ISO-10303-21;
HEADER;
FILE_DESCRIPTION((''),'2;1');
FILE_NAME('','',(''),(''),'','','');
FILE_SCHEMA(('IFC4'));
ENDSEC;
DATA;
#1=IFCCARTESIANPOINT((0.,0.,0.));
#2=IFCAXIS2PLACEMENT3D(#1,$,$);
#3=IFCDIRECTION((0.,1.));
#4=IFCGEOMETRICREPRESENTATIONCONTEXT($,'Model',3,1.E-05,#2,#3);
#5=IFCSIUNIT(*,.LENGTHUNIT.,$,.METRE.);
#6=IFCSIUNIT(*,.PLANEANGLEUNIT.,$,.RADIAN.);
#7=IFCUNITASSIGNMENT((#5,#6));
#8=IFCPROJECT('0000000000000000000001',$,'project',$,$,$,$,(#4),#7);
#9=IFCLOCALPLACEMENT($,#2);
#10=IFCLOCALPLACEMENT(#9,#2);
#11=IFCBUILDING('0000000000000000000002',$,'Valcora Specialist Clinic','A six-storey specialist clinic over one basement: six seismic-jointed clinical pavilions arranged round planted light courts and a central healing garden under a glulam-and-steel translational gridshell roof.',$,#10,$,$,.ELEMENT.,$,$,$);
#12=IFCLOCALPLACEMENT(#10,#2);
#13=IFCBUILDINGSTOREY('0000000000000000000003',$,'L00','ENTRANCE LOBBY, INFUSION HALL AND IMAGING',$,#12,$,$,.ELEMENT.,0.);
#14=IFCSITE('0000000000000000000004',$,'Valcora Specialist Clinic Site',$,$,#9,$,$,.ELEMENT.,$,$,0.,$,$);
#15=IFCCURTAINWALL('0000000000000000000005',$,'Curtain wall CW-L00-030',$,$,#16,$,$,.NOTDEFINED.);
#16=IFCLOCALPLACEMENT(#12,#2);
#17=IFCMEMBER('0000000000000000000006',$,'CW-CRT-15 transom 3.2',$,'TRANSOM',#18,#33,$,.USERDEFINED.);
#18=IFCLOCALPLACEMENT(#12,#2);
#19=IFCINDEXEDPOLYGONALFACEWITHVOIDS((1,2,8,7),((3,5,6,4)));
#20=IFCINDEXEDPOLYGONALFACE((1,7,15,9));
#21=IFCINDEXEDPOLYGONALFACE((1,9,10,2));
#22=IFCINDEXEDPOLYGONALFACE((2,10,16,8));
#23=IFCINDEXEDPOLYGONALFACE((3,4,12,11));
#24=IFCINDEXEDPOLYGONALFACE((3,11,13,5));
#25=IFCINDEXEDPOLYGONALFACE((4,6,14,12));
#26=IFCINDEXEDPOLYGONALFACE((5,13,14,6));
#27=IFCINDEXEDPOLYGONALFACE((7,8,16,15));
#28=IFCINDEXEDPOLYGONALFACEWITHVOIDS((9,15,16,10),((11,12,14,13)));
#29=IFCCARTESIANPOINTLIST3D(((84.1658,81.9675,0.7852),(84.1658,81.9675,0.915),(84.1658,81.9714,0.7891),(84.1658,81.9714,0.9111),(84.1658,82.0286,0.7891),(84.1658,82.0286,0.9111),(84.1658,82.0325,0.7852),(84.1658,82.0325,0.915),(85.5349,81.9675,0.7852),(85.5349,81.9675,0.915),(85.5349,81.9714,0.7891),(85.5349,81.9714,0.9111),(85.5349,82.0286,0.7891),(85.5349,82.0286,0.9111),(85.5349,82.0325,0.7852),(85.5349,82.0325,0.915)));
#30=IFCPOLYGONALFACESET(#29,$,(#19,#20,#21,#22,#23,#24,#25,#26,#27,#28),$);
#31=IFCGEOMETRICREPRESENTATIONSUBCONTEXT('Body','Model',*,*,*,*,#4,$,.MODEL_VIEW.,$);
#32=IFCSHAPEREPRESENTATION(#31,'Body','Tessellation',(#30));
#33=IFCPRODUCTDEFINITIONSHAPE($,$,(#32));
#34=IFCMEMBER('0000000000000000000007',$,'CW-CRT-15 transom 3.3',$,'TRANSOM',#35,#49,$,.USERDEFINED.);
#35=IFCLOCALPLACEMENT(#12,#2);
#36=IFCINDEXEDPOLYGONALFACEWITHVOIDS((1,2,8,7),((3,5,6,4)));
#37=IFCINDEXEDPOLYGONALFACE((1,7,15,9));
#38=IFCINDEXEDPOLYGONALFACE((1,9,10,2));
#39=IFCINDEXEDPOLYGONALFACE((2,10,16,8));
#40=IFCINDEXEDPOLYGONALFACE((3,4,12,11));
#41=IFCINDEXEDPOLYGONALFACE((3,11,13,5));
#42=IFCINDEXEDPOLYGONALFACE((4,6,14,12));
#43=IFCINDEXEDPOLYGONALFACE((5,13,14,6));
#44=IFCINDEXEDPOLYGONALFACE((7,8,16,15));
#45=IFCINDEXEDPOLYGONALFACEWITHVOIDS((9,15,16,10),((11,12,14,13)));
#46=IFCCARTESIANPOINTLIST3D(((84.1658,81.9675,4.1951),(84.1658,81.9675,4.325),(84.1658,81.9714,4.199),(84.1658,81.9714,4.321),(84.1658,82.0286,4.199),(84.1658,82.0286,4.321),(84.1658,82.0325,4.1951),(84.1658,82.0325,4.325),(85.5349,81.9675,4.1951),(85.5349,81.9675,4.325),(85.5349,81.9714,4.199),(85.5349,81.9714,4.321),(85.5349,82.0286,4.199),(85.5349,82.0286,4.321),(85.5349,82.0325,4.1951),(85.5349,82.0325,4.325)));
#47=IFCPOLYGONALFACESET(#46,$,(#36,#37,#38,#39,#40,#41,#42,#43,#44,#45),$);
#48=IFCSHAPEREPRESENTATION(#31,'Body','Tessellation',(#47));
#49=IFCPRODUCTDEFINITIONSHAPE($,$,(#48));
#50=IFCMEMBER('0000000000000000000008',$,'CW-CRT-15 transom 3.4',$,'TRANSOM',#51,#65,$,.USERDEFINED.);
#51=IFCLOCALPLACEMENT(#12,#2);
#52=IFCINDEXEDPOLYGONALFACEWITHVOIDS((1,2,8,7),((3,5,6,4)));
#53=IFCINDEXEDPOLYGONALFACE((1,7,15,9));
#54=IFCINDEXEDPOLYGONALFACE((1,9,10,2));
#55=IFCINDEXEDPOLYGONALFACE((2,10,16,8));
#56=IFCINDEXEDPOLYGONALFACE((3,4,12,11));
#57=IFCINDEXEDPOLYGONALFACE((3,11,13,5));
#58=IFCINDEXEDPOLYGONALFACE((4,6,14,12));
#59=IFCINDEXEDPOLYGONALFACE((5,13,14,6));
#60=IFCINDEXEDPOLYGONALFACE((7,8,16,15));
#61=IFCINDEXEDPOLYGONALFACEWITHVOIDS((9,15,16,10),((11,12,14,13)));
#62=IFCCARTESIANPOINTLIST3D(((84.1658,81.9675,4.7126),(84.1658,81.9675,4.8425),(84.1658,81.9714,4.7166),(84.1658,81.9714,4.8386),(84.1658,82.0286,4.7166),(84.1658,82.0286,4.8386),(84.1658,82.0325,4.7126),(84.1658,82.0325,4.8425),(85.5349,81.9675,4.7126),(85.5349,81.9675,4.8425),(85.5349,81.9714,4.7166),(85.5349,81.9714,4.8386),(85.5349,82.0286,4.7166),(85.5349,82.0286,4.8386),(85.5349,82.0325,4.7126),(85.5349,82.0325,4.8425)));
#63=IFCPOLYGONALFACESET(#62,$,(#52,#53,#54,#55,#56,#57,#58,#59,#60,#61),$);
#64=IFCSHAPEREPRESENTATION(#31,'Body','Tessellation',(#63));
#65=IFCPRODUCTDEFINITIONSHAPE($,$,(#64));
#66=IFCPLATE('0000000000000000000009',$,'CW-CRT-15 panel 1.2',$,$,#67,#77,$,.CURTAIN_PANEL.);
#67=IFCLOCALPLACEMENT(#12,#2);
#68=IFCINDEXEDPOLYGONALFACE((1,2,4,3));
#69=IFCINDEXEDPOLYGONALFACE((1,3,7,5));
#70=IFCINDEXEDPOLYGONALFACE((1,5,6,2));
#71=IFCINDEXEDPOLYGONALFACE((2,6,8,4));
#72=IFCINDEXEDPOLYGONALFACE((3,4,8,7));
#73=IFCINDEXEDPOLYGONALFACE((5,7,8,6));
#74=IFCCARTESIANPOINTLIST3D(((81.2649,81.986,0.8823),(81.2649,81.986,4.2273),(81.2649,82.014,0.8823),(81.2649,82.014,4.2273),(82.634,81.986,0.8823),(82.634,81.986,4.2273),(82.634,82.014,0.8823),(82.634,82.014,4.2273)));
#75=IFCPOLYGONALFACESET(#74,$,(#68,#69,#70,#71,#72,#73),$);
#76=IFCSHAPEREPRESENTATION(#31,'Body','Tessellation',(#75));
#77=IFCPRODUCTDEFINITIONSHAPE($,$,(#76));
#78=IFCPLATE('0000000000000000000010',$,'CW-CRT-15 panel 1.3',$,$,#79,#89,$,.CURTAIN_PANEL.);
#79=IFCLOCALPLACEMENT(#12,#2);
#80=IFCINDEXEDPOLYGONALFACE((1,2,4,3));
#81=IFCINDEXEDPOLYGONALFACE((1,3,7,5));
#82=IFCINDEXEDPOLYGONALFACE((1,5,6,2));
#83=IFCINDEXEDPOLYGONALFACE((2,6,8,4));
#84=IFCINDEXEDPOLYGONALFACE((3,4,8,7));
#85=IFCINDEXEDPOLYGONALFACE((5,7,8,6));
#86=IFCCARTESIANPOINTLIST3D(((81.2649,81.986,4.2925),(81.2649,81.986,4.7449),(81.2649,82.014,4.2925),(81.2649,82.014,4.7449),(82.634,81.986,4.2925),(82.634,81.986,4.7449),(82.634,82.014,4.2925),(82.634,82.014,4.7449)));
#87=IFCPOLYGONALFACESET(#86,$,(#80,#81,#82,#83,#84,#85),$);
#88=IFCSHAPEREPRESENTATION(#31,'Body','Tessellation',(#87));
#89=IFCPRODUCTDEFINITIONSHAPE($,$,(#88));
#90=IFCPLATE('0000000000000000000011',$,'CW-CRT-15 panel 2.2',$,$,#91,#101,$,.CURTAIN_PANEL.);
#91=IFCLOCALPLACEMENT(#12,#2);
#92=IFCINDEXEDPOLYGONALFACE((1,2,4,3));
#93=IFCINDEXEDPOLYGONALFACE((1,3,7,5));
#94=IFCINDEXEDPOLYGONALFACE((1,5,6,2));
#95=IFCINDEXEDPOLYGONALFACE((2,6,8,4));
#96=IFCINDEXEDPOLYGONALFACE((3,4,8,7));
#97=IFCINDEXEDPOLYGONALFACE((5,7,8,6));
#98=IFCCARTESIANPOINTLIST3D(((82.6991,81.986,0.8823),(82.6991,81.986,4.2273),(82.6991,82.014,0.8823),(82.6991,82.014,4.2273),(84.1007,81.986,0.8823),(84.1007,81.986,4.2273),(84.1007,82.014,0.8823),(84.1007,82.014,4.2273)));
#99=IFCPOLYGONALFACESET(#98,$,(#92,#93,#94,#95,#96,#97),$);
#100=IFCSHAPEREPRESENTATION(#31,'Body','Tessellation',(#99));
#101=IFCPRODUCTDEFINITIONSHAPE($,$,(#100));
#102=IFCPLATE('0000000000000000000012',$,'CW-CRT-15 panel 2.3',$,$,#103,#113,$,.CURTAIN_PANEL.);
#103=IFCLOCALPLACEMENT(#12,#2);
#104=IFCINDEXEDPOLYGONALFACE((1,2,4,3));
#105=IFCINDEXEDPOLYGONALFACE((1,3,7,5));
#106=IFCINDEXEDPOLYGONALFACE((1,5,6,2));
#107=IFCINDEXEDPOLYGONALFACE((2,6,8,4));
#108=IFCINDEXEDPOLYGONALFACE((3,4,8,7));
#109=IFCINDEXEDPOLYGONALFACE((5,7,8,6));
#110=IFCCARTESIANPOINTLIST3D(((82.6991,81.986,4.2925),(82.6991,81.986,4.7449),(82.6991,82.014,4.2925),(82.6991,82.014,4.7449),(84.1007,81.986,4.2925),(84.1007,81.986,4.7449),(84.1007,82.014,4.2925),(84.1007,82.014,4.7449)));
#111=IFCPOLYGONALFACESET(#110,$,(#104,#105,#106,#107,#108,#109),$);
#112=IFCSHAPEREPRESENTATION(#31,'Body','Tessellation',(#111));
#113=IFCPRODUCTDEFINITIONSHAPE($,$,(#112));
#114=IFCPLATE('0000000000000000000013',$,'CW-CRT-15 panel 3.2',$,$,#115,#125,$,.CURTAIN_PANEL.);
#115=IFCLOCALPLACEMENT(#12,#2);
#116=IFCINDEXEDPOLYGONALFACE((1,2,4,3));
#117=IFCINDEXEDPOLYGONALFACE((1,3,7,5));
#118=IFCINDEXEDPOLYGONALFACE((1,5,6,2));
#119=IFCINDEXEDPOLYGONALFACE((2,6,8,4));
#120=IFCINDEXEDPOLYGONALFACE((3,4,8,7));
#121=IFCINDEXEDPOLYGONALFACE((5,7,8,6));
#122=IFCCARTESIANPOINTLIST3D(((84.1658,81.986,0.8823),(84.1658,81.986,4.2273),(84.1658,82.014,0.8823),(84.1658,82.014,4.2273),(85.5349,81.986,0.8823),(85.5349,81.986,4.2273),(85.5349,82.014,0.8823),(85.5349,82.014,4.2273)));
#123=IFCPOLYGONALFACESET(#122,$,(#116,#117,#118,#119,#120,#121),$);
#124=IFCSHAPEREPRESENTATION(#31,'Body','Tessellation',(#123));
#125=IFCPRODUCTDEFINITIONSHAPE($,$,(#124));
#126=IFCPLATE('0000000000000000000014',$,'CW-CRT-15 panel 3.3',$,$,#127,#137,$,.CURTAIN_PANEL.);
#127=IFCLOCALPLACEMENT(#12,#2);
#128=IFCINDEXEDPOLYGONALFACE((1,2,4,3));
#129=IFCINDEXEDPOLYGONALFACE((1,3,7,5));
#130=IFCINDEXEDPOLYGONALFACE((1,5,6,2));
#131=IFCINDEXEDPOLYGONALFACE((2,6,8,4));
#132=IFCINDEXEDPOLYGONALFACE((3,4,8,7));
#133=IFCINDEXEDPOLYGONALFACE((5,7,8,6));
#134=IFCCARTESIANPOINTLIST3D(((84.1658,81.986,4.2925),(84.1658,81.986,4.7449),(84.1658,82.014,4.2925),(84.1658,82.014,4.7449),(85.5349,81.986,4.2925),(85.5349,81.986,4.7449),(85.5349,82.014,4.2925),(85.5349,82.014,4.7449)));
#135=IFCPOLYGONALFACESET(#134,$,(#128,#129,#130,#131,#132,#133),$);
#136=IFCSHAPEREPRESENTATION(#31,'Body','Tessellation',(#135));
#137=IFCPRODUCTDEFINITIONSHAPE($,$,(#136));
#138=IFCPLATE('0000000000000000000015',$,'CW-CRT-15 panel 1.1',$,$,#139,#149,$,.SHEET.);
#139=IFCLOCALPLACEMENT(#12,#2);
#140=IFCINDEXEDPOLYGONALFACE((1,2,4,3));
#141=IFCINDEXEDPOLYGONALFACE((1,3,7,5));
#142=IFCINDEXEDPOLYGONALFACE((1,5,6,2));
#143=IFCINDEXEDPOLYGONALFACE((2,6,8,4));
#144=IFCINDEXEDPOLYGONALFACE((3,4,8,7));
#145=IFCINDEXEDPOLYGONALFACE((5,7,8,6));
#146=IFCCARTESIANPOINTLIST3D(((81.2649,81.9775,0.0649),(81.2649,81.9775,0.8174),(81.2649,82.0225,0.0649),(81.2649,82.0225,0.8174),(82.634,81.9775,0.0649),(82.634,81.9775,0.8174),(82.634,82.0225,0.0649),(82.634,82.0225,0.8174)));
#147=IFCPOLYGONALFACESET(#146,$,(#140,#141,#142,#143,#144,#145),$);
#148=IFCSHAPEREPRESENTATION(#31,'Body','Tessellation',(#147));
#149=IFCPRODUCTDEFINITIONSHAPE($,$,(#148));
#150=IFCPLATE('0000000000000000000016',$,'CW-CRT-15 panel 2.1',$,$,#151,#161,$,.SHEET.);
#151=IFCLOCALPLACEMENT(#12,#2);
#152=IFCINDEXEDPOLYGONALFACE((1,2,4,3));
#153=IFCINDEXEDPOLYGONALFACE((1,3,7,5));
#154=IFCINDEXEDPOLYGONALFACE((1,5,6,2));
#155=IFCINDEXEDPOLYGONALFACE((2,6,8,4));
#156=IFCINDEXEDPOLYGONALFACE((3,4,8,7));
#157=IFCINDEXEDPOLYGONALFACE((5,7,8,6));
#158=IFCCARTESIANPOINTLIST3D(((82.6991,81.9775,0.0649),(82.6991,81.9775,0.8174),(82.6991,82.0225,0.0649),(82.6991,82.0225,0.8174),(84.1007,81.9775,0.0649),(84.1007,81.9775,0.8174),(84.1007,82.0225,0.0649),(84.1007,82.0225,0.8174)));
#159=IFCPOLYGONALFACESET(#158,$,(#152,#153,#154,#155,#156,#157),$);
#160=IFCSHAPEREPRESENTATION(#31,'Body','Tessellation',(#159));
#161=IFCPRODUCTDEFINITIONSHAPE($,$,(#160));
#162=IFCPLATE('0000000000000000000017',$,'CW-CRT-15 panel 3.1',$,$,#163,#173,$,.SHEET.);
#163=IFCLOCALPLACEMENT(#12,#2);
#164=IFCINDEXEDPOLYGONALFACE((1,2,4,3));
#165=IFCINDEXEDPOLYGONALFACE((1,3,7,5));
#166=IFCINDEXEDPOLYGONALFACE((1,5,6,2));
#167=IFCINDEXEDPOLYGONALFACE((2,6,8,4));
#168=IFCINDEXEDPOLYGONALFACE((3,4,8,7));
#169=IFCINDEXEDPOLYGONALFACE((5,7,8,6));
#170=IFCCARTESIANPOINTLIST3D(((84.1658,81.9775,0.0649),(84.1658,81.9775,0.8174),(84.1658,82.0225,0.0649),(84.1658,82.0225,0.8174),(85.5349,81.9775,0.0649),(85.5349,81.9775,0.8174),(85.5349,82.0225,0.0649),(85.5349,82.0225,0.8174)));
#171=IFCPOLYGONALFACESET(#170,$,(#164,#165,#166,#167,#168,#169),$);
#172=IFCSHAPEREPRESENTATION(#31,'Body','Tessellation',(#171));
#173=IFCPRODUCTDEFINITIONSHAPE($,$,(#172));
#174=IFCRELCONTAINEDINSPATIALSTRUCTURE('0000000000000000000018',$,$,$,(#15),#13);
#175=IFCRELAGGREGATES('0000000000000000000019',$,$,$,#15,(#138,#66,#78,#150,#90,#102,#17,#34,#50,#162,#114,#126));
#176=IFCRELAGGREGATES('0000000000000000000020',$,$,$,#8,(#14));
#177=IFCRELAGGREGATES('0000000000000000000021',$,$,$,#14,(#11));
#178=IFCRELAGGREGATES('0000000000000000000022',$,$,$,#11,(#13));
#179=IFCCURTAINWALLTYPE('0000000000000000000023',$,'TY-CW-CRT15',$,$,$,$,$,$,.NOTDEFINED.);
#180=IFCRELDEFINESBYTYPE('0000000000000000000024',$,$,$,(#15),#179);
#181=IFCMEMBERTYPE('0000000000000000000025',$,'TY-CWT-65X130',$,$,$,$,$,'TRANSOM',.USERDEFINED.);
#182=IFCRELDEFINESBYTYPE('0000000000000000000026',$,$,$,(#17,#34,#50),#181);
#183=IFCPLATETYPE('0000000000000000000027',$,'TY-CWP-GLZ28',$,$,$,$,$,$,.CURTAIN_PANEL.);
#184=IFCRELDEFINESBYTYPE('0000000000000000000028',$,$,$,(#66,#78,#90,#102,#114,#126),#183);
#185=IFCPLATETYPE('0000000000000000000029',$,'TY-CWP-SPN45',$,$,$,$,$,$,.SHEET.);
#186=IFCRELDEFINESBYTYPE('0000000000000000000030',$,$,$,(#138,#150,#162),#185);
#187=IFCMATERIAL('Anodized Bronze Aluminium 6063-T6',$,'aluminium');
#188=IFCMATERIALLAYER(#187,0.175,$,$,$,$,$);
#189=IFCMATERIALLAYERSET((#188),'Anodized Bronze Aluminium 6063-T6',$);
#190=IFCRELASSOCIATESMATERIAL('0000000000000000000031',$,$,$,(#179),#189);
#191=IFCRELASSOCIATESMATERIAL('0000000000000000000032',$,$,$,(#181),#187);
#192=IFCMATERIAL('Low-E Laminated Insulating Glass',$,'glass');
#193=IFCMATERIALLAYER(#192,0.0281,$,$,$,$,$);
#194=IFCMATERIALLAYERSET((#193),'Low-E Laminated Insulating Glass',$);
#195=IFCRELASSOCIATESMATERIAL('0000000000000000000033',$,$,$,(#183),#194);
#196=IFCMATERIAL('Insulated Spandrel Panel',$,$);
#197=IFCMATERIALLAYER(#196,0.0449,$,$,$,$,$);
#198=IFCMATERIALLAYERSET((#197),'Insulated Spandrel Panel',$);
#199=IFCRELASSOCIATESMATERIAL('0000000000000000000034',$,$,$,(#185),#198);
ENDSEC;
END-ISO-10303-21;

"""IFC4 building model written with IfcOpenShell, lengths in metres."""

from ifc_helpers import new_model, si_unit, direction, frame, origin, origin_2d, place, context, subcontext, project, spatial, rectangle, hollow_rectangle, extrude, material, layer, layer_set, material_profile, profile_set, type_object, element, aggregate, save


model = new_model("IFC4")

# Units and contexts
model_context = context("Model", 3, precision=1e-05, world=origin(), true_north=direction((0.0, 1.0)))
body_context = subcontext(model_context, "Body", "Model", "MODEL_VIEW")
ifc_project = project(units=[si_unit("LENGTHUNIT", "METRE"), si_unit("PLANEANGLEUNIT", "RADIAN")], contexts=[model_context])

# Site, building, storey
site_placement = place(None, origin())
site = spatial("IfcSite", under=ifc_project, at=site_placement, Name="Valcora Specialist Clinic Site", CompositionType="ELEMENT", RefElevation=0.0)
building_placement = place(site_placement, origin())
building = spatial("IfcBuilding", under=site, at=building_placement, Name="Valcora Specialist Clinic", Description="A six-storey specialist clinic over one basement: six seismic-jointed clinical pavilions arranged round planted light courts and a central healing garden under a glulam-and-steel translational gridshell roof.", CompositionType="ELEMENT")
storey_placement = place(building_placement, origin())
storey = spatial("IfcBuildingStorey", under=building, at=storey_placement, Name="L00", Description="ENTRANCE LOBBY, INFUSION HALL AND IMAGING", CompositionType="ELEMENT", Elevation=0.0)

# Curtain wall, members, plates
ifc_material_1 = material(Name="Anodized Bronze Aluminium 6063-T6", Category="aluminium")
ifc_layer_1 = layer(ifc_material_1, 0.175)
ifc_layer_set_1 = layer_set([ifc_layer_1], Name="Anodized Bronze Aluminium 6063-T6")
curtain_wall_type = type_object("IfcCurtainWallType", Name="TY-CW-CRT15", PredefinedType="NOTDEFINED", material=ifc_layer_set_1)
curtain_wall_placement = place(storey_placement, origin())
curtain_wall = element("IfcCurtainWall", 1, at=curtain_wall_placement, inside=storey, type_object=curtain_wall_type, Name="Curtain wall CW-L00-030", PredefinedType="NOTDEFINED")
ifc_material_profile_1 = material_profile(ifc_material_1, hollow_rectangle(XDim=0.0649, YDim=0.1299, WallThickness=0.0039, at=origin_2d()), Name="AL-TRN-65X130")
ifc_profile_set_1 = profile_set([ifc_material_profile_1], Name="Anodized Bronze Aluminium 6063-T6")
member_type_1 = type_object("IfcMemberType", Name="TY-CWT-65X130", ElementType="TRANSOM", PredefinedType="USERDEFINED", material=ifc_profile_set_1)
member_1_placement = place(storey_placement, frame((84.1658, 82.0, 0.8501), z_axis=(1.0, 0.0, 0.0), x_axis=(0.0, 1.0, 0.0)))
member_1 = element("IfcMember", 2, at=member_1_placement, type_object=member_type_1, Name="CW-CRT-15 transom 3.2", ObjectType="TRANSOM", PredefinedType="USERDEFINED", context=body_context, shape_type="SweptSolid", body=[
    extrude(hollow_rectangle(XDim=0.0649, YDim=0.1299, WallThickness=0.0039, at=origin_2d()), origin(), (0.0, 0.0, 1.0), 1.3691),
])
member_2_placement = place(storey_placement, frame((84.1658, 82.0, 4.26), z_axis=(1.0, 0.0, 0.0), x_axis=(0.0, 1.0, 0.0)))
member_2 = element("IfcMember", 3, at=member_2_placement, type_object=member_type_1, Name="CW-CRT-15 transom 3.3", ObjectType="TRANSOM", PredefinedType="USERDEFINED", context=body_context, shape_type="SweptSolid", body=[
    extrude(hollow_rectangle(XDim=0.0649, YDim=0.1299, WallThickness=0.0039, at=origin_2d()), origin(), (0.0, 0.0, 1.0), 1.3691),
])
member_3_placement = place(storey_placement, frame((84.1658, 82.0, 4.7776), z_axis=(1.0, 0.0, 0.0), x_axis=(0.0, 1.0, 0.0)))
member_3 = element("IfcMember", 4, at=member_3_placement, type_object=member_type_1, Name="CW-CRT-15 transom 3.4", ObjectType="TRANSOM", PredefinedType="USERDEFINED", context=body_context, shape_type="SweptSolid", body=[
    extrude(hollow_rectangle(XDim=0.0649, YDim=0.1299, WallThickness=0.0039, at=origin_2d()), origin(), (0.0, 0.0, 1.0), 1.3691),
])
ifc_material_2 = material(Name="Low-E Laminated Insulating Glass", Category="glass")
ifc_layer_2 = layer(ifc_material_2, 0.0281)
ifc_layer_set_2 = layer_set([ifc_layer_2], Name="Low-E Laminated Insulating Glass")
plate_type_1 = type_object("IfcPlateType", Name="TY-CWP-GLZ28", PredefinedType="CURTAIN_PANEL", material=ifc_layer_set_2)
plate_1_placement = place(storey_placement, frame((81.9495, 82.0, 0.8823), z_axis=(0.0, 0.0, 1.0), x_axis=(1.0, 0.0, 0.0)))
plate_1 = element("IfcPlate", 5, at=plate_1_placement, type_object=plate_type_1, Name="CW-CRT-15 panel 1.2", PredefinedType="CURTAIN_PANEL", context=body_context, shape_type="SweptSolid", body=[
    extrude(rectangle(XDim=1.3691, YDim=0.0281, at=origin_2d()), origin(), (0.0, 0.0, 1.0), 3.345),
])
plate_2_placement = place(storey_placement, frame((81.9495, 82.0, 4.2925), z_axis=(0.0, 0.0, 1.0), x_axis=(1.0, 0.0, 0.0)))
plate_2 = element("IfcPlate", 6, at=plate_2_placement, type_object=plate_type_1, Name="CW-CRT-15 panel 1.3", PredefinedType="CURTAIN_PANEL", context=body_context, shape_type="SweptSolid", body=[
    extrude(rectangle(XDim=1.3691, YDim=0.0281, at=origin_2d()), origin(), (0.0, 0.0, 1.0), 0.4524),
])
plate_3_placement = place(storey_placement, frame((83.3999, 82.0, 0.8823), z_axis=(0.0, 0.0, 1.0), x_axis=(1.0, 0.0, 0.0)))
plate_3 = element("IfcPlate", 7, at=plate_3_placement, type_object=plate_type_1, Name="CW-CRT-15 panel 2.2", PredefinedType="CURTAIN_PANEL", context=body_context, shape_type="SweptSolid", body=[
    extrude(rectangle(XDim=1.4016, YDim=0.0281, at=origin_2d()), origin(), (0.0, 0.0, 1.0), 3.345),
])
plate_4_placement = place(storey_placement, frame((83.3999, 82.0, 4.2925), z_axis=(0.0, 0.0, 1.0), x_axis=(1.0, 0.0, 0.0)))
plate_4 = element("IfcPlate", 8, at=plate_4_placement, type_object=plate_type_1, Name="CW-CRT-15 panel 2.3", PredefinedType="CURTAIN_PANEL", context=body_context, shape_type="SweptSolid", body=[
    extrude(rectangle(XDim=1.4016, YDim=0.0281, at=origin_2d()), origin(), (0.0, 0.0, 1.0), 0.4524),
])
plate_5_placement = place(storey_placement, frame((84.8503, 82.0, 0.8823), z_axis=(0.0, 0.0, 1.0), x_axis=(1.0, 0.0, 0.0)))
plate_5 = element("IfcPlate", 9, at=plate_5_placement, type_object=plate_type_1, Name="CW-CRT-15 panel 3.2", PredefinedType="CURTAIN_PANEL", context=body_context, shape_type="SweptSolid", body=[
    extrude(rectangle(XDim=1.3691, YDim=0.0281, at=origin_2d()), origin(), (0.0, 0.0, 1.0), 3.345),
])
plate_6_placement = place(storey_placement, frame((84.8503, 82.0, 4.2925), z_axis=(0.0, 0.0, 1.0), x_axis=(1.0, 0.0, 0.0)))
plate_6 = element("IfcPlate", 10, at=plate_6_placement, type_object=plate_type_1, Name="CW-CRT-15 panel 3.3", PredefinedType="CURTAIN_PANEL", context=body_context, shape_type="SweptSolid", body=[
    extrude(rectangle(XDim=1.3691, YDim=0.0281, at=origin_2d()), origin(), (0.0, 0.0, 1.0), 0.4524),
])
ifc_material_3 = material(Name="Insulated Spandrel Panel")
ifc_layer_3 = layer(ifc_material_3, 0.0449)
ifc_layer_set_3 = layer_set([ifc_layer_3], Name="Insulated Spandrel Panel")
plate_type_2 = type_object("IfcPlateType", Name="TY-CWP-SPN45", PredefinedType="SHEET", material=ifc_layer_set_3)
plate_7_placement = place(storey_placement, frame((81.9495, 82.0, 0.0649), z_axis=(0.0, 0.0, 1.0), x_axis=(1.0, 0.0, 0.0)))
plate_7 = element("IfcPlate", 11, at=plate_7_placement, type_object=plate_type_2, Name="CW-CRT-15 panel 1.1", PredefinedType="SHEET", context=body_context, shape_type="SweptSolid", body=[
    extrude(rectangle(XDim=1.3691, YDim=0.0449, at=origin_2d()), origin(), (0.0, 0.0, 1.0), 0.7524),
])
plate_8_placement = place(storey_placement, frame((83.3999, 82.0, 0.0649), z_axis=(0.0, 0.0, 1.0), x_axis=(1.0, 0.0, 0.0)))
plate_8 = element("IfcPlate", 12, at=plate_8_placement, type_object=plate_type_2, Name="CW-CRT-15 panel 2.1", PredefinedType="SHEET", context=body_context, shape_type="SweptSolid", body=[
    extrude(rectangle(XDim=1.4016, YDim=0.0449, at=origin_2d()), origin(), (0.0, 0.0, 1.0), 0.7524),
])
plate_9_placement = place(storey_placement, frame((84.8503, 82.0, 0.0649), z_axis=(0.0, 0.0, 1.0), x_axis=(1.0, 0.0, 0.0)))
plate_9 = element("IfcPlate", 13, at=plate_9_placement, type_object=plate_type_2, Name="CW-CRT-15 panel 3.1", PredefinedType="SHEET", context=body_context, shape_type="SweptSolid", body=[
    extrude(rectangle(XDim=1.3691, YDim=0.0449, at=origin_2d()), origin(), (0.0, 0.0, 1.0), 0.7524),
])
aggregate(curtain_wall, [plate_7, plate_1, plate_2, plate_8, plate_3, plate_4, member_1, member_2, member_3, plate_9, plate_5, plate_6])

save(model, "model.ifc")
